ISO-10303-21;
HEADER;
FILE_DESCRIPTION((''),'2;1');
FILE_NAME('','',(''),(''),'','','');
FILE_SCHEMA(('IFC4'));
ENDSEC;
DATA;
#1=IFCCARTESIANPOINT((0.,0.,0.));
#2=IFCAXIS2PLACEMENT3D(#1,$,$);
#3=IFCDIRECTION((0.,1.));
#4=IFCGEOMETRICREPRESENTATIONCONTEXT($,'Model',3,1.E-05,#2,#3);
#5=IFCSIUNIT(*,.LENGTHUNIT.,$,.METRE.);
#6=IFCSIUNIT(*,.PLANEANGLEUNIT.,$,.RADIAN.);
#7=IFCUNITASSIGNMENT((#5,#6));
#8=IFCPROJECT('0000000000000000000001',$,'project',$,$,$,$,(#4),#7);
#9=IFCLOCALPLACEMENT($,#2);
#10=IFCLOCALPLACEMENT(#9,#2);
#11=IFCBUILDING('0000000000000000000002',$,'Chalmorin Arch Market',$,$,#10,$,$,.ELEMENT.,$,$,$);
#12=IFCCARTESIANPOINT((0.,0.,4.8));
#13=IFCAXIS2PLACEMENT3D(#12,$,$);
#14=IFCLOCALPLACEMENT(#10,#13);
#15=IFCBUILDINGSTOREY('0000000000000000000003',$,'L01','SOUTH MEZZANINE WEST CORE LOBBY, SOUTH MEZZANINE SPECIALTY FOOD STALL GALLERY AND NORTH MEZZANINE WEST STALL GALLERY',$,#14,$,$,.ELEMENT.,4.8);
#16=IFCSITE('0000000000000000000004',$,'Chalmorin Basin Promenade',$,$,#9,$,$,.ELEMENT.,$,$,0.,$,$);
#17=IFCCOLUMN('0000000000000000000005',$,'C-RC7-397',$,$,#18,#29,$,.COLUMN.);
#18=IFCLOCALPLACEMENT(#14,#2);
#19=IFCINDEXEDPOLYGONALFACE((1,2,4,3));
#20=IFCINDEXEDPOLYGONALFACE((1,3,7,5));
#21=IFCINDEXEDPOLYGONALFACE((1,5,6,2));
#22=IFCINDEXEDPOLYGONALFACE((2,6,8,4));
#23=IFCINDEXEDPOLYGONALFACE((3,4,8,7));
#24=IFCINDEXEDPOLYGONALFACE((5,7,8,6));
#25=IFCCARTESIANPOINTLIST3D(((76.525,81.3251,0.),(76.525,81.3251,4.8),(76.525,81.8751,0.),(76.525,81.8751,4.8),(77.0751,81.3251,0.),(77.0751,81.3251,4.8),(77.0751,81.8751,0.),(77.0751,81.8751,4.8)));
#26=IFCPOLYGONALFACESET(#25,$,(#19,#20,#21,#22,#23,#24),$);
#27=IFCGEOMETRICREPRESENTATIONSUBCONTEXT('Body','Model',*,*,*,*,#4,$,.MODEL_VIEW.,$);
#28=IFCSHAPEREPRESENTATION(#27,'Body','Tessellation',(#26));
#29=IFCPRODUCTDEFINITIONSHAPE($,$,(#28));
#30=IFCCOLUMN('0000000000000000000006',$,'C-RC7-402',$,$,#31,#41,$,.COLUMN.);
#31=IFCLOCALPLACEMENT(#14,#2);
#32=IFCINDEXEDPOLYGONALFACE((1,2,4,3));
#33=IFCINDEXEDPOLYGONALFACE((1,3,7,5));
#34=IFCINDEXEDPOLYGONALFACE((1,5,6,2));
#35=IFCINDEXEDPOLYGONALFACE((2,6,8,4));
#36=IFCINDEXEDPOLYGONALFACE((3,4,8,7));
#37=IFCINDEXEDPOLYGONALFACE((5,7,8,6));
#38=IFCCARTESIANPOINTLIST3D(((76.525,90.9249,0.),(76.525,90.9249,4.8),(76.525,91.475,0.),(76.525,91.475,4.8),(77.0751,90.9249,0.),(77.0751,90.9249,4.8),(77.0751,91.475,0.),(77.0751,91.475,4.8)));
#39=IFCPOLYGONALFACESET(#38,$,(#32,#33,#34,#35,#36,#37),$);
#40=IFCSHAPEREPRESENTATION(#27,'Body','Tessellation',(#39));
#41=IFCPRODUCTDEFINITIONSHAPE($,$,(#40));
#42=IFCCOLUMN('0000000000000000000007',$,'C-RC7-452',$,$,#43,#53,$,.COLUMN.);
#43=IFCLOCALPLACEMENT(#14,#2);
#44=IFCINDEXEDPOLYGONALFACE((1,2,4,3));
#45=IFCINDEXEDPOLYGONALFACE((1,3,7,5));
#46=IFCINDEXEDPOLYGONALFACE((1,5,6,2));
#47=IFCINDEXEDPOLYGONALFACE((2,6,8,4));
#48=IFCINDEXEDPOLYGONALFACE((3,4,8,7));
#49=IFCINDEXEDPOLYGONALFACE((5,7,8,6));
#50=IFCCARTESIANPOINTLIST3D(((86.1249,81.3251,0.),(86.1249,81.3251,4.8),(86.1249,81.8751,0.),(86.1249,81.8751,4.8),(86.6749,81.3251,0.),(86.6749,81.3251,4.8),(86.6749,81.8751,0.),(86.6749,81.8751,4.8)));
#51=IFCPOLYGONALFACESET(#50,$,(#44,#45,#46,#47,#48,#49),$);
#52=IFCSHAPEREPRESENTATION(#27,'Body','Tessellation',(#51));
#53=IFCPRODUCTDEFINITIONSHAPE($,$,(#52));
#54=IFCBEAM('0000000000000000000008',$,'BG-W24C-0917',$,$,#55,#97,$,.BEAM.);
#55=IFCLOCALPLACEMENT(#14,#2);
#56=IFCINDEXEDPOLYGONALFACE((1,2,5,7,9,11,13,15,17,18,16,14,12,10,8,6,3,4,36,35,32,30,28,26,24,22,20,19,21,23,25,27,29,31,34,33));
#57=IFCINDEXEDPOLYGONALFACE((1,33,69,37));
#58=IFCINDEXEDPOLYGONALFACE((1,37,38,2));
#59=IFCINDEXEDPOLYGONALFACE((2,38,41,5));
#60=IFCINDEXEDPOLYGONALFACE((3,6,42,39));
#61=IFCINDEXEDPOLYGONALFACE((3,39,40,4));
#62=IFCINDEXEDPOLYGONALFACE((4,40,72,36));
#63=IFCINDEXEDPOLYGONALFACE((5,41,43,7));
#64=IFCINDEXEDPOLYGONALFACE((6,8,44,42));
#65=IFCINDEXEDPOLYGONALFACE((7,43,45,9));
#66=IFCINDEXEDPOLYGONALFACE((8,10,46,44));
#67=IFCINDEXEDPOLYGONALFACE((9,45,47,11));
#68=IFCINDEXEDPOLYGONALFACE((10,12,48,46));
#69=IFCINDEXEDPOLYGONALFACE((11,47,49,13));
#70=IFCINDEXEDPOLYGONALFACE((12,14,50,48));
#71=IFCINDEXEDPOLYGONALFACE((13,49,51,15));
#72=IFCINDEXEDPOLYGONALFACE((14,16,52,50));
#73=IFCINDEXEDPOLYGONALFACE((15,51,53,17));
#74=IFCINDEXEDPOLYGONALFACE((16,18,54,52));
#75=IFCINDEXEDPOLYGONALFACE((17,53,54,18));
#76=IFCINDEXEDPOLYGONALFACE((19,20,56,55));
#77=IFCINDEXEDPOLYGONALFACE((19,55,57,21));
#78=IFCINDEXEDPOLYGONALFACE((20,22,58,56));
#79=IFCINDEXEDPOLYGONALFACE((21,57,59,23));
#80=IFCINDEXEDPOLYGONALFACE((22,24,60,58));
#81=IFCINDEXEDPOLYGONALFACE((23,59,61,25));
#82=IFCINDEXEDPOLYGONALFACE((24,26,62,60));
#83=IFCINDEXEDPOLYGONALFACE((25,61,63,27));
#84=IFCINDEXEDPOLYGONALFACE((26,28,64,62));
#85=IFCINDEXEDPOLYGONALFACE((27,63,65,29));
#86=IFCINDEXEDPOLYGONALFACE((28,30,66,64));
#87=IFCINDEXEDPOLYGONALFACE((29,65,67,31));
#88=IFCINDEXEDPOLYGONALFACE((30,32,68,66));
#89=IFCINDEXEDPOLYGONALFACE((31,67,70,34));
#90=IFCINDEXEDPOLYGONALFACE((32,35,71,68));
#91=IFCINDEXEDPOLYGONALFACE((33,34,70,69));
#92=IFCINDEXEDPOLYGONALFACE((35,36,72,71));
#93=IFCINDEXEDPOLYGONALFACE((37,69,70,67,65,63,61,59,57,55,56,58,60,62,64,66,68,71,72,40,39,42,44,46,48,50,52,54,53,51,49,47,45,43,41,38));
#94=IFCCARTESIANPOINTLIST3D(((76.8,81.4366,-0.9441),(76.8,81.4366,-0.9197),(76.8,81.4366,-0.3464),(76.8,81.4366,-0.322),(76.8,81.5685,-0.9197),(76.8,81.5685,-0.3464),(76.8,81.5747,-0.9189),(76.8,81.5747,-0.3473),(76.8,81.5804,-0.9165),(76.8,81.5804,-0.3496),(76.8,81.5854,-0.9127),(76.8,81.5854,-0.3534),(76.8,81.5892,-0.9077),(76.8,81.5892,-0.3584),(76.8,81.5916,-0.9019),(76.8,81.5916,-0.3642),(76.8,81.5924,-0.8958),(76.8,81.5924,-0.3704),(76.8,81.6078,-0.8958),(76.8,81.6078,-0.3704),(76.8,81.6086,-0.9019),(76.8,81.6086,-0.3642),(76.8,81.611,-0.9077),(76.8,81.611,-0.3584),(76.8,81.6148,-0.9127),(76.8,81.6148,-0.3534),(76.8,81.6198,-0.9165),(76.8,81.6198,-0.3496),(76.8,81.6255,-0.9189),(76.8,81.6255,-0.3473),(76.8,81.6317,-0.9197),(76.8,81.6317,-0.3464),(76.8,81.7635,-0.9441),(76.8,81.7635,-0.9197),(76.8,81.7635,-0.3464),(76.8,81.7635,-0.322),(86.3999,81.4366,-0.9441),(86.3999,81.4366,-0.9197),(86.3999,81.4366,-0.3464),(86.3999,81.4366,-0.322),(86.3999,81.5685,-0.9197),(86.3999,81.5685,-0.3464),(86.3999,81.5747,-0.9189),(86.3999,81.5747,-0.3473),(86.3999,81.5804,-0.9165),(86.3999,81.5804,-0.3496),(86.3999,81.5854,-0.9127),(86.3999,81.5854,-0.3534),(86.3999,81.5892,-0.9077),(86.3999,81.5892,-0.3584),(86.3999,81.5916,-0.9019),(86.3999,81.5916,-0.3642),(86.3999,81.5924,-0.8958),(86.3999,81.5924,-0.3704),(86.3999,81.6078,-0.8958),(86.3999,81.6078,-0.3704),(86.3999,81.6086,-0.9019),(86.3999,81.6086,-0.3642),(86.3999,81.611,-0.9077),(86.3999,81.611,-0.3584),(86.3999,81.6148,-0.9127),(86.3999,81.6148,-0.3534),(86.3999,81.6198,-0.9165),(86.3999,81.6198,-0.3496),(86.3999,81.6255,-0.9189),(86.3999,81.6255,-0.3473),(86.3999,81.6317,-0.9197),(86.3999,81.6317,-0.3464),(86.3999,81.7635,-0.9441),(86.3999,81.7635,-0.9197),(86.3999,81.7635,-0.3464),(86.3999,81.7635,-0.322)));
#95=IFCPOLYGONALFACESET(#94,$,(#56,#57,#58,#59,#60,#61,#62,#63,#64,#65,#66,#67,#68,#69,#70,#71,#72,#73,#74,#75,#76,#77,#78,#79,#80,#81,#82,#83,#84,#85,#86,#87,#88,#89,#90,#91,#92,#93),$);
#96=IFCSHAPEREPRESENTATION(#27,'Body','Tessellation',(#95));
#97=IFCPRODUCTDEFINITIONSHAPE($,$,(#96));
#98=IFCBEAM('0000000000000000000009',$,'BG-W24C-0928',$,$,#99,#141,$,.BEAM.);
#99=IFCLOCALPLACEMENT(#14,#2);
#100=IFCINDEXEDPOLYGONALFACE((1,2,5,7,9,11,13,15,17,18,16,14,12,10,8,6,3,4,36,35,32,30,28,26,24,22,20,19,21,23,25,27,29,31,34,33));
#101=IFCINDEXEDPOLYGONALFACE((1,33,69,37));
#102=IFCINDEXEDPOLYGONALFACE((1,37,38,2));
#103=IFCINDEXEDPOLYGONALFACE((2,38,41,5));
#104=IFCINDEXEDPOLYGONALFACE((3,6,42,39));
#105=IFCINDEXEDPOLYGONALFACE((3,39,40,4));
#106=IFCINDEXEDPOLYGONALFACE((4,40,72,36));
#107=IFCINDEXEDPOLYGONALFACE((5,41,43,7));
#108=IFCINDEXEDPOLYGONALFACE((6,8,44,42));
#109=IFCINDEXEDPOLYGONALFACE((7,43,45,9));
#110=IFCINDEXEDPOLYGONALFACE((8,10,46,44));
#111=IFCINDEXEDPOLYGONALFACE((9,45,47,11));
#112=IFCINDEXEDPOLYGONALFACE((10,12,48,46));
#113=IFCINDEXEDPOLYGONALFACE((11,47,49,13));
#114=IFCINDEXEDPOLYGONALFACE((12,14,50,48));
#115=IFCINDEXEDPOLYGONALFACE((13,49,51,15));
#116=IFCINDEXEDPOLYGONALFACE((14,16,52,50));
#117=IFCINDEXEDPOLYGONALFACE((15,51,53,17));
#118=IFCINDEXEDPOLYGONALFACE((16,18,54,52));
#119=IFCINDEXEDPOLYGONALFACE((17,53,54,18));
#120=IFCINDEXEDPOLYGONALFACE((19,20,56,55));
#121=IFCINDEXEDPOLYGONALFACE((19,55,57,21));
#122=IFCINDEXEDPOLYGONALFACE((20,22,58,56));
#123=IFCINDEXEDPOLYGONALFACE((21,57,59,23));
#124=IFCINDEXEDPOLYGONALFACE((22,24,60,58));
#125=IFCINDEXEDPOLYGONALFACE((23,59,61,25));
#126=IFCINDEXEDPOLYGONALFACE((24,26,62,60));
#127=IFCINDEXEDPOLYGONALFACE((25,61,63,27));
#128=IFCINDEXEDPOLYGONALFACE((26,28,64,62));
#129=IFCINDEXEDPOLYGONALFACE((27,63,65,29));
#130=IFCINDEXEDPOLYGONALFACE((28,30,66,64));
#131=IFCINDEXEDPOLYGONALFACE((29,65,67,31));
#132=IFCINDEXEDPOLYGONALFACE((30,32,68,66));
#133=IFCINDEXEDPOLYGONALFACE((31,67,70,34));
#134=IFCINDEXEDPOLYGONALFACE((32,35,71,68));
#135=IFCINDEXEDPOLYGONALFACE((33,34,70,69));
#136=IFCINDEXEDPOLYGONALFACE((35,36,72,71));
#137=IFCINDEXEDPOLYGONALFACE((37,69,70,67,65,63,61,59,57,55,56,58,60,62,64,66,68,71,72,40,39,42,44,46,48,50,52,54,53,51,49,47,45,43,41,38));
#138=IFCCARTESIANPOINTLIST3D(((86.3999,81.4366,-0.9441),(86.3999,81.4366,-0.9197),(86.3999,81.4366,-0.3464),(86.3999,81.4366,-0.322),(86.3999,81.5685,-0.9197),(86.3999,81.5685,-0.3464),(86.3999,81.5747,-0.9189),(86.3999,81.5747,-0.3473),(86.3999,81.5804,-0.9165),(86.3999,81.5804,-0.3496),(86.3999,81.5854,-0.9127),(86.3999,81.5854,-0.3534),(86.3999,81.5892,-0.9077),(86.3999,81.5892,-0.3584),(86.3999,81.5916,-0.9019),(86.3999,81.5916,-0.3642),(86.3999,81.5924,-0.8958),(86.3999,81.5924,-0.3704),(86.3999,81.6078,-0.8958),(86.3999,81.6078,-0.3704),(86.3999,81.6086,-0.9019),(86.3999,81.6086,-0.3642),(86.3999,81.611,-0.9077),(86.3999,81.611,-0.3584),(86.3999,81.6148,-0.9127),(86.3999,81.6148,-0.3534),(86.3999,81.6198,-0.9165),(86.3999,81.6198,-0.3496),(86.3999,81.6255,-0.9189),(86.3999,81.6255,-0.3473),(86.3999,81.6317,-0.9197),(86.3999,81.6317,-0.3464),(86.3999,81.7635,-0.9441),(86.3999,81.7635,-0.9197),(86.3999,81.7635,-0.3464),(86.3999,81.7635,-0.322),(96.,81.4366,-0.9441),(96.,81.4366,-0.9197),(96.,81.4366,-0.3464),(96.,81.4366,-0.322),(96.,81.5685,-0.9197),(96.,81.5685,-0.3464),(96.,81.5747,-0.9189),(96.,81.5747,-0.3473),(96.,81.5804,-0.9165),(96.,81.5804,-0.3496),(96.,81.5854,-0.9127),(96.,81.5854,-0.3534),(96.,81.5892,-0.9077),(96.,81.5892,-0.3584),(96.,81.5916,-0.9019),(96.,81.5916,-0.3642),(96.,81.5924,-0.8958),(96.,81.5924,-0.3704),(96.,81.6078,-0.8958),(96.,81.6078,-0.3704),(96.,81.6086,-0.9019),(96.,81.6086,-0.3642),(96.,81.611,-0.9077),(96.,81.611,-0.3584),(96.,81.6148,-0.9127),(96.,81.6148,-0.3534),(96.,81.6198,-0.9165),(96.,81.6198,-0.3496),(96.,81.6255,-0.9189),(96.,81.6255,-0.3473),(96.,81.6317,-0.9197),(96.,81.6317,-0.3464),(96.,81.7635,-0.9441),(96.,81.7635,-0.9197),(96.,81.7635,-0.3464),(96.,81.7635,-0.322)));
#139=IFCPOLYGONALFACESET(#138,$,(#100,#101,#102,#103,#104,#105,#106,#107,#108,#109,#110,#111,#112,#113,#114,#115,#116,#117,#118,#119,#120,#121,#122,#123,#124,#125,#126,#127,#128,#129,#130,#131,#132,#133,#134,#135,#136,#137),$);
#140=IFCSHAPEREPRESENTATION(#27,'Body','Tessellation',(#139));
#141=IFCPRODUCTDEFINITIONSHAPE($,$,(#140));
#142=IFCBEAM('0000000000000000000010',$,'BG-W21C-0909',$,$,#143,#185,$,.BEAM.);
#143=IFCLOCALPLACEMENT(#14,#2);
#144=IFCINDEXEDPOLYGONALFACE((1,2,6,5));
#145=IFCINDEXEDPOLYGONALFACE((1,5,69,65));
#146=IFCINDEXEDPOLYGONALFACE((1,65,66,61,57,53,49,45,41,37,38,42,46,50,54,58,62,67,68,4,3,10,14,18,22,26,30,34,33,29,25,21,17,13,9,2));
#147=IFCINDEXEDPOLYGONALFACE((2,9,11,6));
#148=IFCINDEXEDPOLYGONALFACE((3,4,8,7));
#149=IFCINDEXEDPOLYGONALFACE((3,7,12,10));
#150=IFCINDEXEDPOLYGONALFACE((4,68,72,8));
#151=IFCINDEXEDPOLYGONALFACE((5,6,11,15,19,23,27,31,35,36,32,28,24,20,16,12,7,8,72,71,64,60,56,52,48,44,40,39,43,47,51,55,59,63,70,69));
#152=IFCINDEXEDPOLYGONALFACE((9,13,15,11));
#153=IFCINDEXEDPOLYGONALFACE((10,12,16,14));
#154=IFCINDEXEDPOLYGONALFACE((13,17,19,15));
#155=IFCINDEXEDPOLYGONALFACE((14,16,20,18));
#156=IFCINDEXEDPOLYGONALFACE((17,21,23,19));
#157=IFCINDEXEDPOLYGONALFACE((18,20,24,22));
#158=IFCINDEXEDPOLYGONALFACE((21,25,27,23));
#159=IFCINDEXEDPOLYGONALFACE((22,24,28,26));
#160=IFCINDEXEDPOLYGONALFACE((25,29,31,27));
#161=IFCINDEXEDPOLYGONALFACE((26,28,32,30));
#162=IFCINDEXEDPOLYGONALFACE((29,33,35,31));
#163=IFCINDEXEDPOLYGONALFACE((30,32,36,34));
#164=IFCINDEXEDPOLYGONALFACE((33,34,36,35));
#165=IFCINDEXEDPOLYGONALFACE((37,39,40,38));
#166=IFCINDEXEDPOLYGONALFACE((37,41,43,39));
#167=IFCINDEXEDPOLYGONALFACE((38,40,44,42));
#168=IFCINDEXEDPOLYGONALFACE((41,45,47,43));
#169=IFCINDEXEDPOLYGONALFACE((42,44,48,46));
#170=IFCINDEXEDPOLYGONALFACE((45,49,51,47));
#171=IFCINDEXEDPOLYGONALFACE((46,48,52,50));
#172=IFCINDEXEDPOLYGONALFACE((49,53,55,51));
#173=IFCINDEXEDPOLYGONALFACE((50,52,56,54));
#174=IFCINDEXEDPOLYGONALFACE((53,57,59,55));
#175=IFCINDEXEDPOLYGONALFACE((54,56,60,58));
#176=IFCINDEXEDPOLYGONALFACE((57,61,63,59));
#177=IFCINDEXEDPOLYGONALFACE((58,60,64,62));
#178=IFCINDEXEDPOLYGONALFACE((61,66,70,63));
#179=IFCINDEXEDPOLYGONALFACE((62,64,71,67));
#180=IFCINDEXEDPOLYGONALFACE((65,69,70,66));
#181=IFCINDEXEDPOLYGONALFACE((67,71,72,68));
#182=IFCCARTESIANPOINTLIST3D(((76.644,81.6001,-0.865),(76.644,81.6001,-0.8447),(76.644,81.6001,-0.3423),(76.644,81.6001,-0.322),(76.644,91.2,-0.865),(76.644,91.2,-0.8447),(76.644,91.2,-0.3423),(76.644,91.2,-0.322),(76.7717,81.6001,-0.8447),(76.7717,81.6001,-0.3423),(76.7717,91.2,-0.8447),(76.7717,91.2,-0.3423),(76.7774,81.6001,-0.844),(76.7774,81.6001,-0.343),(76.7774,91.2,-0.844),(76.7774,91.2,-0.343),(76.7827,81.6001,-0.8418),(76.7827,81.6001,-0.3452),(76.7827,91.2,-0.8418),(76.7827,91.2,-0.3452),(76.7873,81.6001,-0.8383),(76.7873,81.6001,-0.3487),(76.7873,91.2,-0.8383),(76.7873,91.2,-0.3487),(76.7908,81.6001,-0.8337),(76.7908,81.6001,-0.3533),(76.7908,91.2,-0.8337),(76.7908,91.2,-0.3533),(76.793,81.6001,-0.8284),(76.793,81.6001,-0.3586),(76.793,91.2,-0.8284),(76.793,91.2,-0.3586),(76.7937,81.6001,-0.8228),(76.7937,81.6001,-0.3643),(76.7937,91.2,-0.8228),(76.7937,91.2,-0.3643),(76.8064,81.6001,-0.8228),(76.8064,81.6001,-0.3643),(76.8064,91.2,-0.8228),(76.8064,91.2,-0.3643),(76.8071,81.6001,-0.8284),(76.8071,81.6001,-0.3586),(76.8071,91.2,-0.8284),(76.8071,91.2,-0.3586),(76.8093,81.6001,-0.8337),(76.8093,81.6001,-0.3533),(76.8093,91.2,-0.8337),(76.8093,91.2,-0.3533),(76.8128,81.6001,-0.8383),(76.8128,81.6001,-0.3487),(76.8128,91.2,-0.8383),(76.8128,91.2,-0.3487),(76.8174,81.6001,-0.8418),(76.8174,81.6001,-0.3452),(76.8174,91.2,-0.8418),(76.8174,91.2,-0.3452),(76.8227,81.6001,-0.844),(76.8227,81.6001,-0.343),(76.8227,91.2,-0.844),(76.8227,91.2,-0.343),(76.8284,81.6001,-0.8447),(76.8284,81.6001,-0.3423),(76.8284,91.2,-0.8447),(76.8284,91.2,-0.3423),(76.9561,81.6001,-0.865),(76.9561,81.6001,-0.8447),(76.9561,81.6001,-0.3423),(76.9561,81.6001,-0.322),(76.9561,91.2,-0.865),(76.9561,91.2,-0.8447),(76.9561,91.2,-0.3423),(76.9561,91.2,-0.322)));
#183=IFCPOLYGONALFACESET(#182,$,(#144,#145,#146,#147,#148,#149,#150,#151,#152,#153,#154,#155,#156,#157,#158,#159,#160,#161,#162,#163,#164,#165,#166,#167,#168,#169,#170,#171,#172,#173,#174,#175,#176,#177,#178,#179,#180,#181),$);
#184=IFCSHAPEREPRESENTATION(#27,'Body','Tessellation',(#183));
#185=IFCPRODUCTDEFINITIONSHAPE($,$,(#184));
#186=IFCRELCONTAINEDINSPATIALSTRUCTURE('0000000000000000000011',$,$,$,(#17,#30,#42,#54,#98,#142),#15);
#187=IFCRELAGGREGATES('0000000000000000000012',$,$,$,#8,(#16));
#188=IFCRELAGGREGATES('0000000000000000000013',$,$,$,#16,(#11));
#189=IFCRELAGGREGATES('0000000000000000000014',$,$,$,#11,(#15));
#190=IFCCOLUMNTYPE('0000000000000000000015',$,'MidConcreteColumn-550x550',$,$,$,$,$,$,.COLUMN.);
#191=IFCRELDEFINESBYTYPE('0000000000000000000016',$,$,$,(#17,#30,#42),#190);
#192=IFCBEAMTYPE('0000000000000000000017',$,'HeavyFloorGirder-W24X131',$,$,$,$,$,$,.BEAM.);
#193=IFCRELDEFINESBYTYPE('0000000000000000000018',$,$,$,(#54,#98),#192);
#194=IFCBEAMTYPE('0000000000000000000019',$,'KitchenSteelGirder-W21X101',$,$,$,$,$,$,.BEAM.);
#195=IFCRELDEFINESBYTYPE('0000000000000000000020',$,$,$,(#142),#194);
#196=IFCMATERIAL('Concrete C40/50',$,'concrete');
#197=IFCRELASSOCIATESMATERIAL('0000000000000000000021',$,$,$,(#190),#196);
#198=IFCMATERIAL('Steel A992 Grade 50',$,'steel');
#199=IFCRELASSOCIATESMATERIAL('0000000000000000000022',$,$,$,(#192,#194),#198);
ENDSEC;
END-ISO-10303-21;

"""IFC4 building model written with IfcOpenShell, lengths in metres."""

from ifc_helpers import new_model, si_unit, direction, frame, origin, origin_2d, place, context, subcontext, project, spatial, rectangle, i_section, extrude, material, material_profile, profile_set, type_object, element, save


model = new_model("IFC4")

# Units and contexts
model_context = context("Model", 3, precision=1e-05, world=origin(), true_north=direction((0.0, 1.0)))
body_context = subcontext(model_context, "Body", "Model", "MODEL_VIEW")
ifc_project = project(units=[si_unit("LENGTHUNIT", "METRE"), si_unit("PLANEANGLEUNIT", "RADIAN")], contexts=[model_context])

# Site, building, storey
site_placement = place(None, origin())
site = spatial("IfcSite", under=ifc_project, at=site_placement, Name="Chalmorin Basin Promenade", CompositionType="ELEMENT", RefElevation=0.0)
building_placement = place(site_placement, origin())
building = spatial("IfcBuilding", under=site, at=building_placement, Name="Chalmorin Arch Market", CompositionType="ELEMENT")
storey_placement = place(building_placement, frame((0.0, 0.0, 4.8)))
storey = spatial("IfcBuildingStorey", under=building, at=storey_placement, Name="L01", Description="SOUTH MEZZANINE WEST CORE LOBBY, SOUTH MEZZANINE SPECIALTY FOOD STALL GALLERY AND NORTH MEZZANINE WEST STALL GALLERY", CompositionType="ELEMENT", Elevation=4.8)

# Columns
ifc_material_1 = material(Name="Concrete C40/50", Category="concrete")
ifc_material_profile_1 = material_profile(ifc_material_1, rectangle(XDim=0.55, YDim=0.55, at=origin_2d()), Name="RC550X550")
ifc_profile_set_1 = profile_set([ifc_material_profile_1], Name="Concrete C40/50")
column_type = type_object("IfcColumnType", Name="MidConcreteColumn-550x550", PredefinedType="COLUMN", material=ifc_profile_set_1)
for number, where, z_axis, x_axis, name in (
    (1, (76.8, 81.6001, 0.0), (0.0, 0.0, 1.0), (1.0, 0.0, 0.0), "C-RC7-397"),
    (2, (76.8, 91.2, 0.0), (0.0, 0.0, 1.0), (1.0, 0.0, 0.0), "C-RC7-402"),
    (3, (86.3999, 81.6001, 0.0), (0.0, 0.0, 1.0), (1.0, 0.0, 0.0), "C-RC7-452"),
):
    element("IfcColumn", number, at=place(storey_placement, frame(where, z_axis=z_axis, x_axis=x_axis)), inside=storey, type_object=column_type, Name=name, PredefinedType="COLUMN", context=body_context, shape_type="SweptSolid", body=[
        extrude(rectangle(XDim=0.55, YDim=0.55, at=origin_2d()), origin(), (0.0, 0.0, 1.0), 4.8),
    ])

# Beams
ifc_material_2 = material(Name="Steel A992 Grade 50", Category="steel")
ifc_material_profile_2 = material_profile(ifc_material_2, i_section(OverallWidth=0.3269, OverallDepth=0.6221, WebThickness=0.0154, FlangeThickness=0.0244, FilletRadius=0.0239, at=origin_2d()), Name="W24X131")
ifc_profile_set_2 = profile_set([ifc_material_profile_2], Name="Steel A992 Grade 50")
beam_type_1 = type_object("IfcBeamType", Name="HeavyFloorGirder-W24X131", PredefinedType="BEAM", material=ifc_profile_set_2)
beam_1_placement = place(storey_placement, frame((76.8, 81.6001, -0.6331), z_axis=(1.0, 0.0, 0.0), x_axis=(0.0, 1.0, 0.0)))
element("IfcBeam", 4, at=beam_1_placement, inside=storey, type_object=beam_type_1, Name="BG-W24C-0917", PredefinedType="BEAM", context=body_context, shape_type="SweptSolid", body=[
    extrude(i_section(OverallWidth=0.3269, OverallDepth=0.6221, WebThickness=0.0154, FlangeThickness=0.0244, FilletRadius=0.0239, at=origin_2d()), origin(), (0.0, 0.0, 1.0), 9.5999),
])
beam_2_placement = place(storey_placement, frame((86.3999, 81.6001, -0.6331), z_axis=(1.0, 0.0, 0.0), x_axis=(0.0, 1.0, 0.0)))
element("IfcBeam", 5, at=beam_2_placement, inside=storey, type_object=beam_type_1, Name="BG-W24C-0928", PredefinedType="BEAM", context=body_context, shape_type="SweptSolid", body=[
    extrude(i_section(OverallWidth=0.3269, OverallDepth=0.6221, WebThickness=0.0154, FlangeThickness=0.0244, FilletRadius=0.0239, at=origin_2d()), origin(), (0.0, 0.0, 1.0), 9.6001),
])
ifc_material_profile_3 = material_profile(ifc_material_2, i_section(OverallWidth=0.312, OverallDepth=0.543, WebThickness=0.0127, FlangeThickness=0.0203, FilletRadius=0.022, at=origin_2d()), Name="W21X101")
ifc_profile_set_3 = profile_set([ifc_material_profile_3], Name="Steel A992 Grade 50")
beam_type_2 = type_object("IfcBeamType", Name="KitchenSteelGirder-W21X101", PredefinedType="BEAM", material=ifc_profile_set_3)
for number, where, z_axis, x_axis, name in (
    (6, (76.8, 81.6001, -0.5935), (0.0, 1.0, 0.0), (-1.0, 0.0, 0.0), "BG-W21C-0909"),
):
    element("IfcBeam", number, at=place(storey_placement, frame(where, z_axis=z_axis, x_axis=x_axis)), inside=storey, type_object=beam_type_2, Name=name, PredefinedType="BEAM", context=body_context, shape_type="SweptSolid", body=[
        extrude(i_section(OverallWidth=0.312, OverallDepth=0.543, WebThickness=0.0127, FlangeThickness=0.0203, FilletRadius=0.022, at=origin_2d()), origin(), (0.0, 0.0, 1.0), 9.5999),
    ])

save(model, "model.ifc")
